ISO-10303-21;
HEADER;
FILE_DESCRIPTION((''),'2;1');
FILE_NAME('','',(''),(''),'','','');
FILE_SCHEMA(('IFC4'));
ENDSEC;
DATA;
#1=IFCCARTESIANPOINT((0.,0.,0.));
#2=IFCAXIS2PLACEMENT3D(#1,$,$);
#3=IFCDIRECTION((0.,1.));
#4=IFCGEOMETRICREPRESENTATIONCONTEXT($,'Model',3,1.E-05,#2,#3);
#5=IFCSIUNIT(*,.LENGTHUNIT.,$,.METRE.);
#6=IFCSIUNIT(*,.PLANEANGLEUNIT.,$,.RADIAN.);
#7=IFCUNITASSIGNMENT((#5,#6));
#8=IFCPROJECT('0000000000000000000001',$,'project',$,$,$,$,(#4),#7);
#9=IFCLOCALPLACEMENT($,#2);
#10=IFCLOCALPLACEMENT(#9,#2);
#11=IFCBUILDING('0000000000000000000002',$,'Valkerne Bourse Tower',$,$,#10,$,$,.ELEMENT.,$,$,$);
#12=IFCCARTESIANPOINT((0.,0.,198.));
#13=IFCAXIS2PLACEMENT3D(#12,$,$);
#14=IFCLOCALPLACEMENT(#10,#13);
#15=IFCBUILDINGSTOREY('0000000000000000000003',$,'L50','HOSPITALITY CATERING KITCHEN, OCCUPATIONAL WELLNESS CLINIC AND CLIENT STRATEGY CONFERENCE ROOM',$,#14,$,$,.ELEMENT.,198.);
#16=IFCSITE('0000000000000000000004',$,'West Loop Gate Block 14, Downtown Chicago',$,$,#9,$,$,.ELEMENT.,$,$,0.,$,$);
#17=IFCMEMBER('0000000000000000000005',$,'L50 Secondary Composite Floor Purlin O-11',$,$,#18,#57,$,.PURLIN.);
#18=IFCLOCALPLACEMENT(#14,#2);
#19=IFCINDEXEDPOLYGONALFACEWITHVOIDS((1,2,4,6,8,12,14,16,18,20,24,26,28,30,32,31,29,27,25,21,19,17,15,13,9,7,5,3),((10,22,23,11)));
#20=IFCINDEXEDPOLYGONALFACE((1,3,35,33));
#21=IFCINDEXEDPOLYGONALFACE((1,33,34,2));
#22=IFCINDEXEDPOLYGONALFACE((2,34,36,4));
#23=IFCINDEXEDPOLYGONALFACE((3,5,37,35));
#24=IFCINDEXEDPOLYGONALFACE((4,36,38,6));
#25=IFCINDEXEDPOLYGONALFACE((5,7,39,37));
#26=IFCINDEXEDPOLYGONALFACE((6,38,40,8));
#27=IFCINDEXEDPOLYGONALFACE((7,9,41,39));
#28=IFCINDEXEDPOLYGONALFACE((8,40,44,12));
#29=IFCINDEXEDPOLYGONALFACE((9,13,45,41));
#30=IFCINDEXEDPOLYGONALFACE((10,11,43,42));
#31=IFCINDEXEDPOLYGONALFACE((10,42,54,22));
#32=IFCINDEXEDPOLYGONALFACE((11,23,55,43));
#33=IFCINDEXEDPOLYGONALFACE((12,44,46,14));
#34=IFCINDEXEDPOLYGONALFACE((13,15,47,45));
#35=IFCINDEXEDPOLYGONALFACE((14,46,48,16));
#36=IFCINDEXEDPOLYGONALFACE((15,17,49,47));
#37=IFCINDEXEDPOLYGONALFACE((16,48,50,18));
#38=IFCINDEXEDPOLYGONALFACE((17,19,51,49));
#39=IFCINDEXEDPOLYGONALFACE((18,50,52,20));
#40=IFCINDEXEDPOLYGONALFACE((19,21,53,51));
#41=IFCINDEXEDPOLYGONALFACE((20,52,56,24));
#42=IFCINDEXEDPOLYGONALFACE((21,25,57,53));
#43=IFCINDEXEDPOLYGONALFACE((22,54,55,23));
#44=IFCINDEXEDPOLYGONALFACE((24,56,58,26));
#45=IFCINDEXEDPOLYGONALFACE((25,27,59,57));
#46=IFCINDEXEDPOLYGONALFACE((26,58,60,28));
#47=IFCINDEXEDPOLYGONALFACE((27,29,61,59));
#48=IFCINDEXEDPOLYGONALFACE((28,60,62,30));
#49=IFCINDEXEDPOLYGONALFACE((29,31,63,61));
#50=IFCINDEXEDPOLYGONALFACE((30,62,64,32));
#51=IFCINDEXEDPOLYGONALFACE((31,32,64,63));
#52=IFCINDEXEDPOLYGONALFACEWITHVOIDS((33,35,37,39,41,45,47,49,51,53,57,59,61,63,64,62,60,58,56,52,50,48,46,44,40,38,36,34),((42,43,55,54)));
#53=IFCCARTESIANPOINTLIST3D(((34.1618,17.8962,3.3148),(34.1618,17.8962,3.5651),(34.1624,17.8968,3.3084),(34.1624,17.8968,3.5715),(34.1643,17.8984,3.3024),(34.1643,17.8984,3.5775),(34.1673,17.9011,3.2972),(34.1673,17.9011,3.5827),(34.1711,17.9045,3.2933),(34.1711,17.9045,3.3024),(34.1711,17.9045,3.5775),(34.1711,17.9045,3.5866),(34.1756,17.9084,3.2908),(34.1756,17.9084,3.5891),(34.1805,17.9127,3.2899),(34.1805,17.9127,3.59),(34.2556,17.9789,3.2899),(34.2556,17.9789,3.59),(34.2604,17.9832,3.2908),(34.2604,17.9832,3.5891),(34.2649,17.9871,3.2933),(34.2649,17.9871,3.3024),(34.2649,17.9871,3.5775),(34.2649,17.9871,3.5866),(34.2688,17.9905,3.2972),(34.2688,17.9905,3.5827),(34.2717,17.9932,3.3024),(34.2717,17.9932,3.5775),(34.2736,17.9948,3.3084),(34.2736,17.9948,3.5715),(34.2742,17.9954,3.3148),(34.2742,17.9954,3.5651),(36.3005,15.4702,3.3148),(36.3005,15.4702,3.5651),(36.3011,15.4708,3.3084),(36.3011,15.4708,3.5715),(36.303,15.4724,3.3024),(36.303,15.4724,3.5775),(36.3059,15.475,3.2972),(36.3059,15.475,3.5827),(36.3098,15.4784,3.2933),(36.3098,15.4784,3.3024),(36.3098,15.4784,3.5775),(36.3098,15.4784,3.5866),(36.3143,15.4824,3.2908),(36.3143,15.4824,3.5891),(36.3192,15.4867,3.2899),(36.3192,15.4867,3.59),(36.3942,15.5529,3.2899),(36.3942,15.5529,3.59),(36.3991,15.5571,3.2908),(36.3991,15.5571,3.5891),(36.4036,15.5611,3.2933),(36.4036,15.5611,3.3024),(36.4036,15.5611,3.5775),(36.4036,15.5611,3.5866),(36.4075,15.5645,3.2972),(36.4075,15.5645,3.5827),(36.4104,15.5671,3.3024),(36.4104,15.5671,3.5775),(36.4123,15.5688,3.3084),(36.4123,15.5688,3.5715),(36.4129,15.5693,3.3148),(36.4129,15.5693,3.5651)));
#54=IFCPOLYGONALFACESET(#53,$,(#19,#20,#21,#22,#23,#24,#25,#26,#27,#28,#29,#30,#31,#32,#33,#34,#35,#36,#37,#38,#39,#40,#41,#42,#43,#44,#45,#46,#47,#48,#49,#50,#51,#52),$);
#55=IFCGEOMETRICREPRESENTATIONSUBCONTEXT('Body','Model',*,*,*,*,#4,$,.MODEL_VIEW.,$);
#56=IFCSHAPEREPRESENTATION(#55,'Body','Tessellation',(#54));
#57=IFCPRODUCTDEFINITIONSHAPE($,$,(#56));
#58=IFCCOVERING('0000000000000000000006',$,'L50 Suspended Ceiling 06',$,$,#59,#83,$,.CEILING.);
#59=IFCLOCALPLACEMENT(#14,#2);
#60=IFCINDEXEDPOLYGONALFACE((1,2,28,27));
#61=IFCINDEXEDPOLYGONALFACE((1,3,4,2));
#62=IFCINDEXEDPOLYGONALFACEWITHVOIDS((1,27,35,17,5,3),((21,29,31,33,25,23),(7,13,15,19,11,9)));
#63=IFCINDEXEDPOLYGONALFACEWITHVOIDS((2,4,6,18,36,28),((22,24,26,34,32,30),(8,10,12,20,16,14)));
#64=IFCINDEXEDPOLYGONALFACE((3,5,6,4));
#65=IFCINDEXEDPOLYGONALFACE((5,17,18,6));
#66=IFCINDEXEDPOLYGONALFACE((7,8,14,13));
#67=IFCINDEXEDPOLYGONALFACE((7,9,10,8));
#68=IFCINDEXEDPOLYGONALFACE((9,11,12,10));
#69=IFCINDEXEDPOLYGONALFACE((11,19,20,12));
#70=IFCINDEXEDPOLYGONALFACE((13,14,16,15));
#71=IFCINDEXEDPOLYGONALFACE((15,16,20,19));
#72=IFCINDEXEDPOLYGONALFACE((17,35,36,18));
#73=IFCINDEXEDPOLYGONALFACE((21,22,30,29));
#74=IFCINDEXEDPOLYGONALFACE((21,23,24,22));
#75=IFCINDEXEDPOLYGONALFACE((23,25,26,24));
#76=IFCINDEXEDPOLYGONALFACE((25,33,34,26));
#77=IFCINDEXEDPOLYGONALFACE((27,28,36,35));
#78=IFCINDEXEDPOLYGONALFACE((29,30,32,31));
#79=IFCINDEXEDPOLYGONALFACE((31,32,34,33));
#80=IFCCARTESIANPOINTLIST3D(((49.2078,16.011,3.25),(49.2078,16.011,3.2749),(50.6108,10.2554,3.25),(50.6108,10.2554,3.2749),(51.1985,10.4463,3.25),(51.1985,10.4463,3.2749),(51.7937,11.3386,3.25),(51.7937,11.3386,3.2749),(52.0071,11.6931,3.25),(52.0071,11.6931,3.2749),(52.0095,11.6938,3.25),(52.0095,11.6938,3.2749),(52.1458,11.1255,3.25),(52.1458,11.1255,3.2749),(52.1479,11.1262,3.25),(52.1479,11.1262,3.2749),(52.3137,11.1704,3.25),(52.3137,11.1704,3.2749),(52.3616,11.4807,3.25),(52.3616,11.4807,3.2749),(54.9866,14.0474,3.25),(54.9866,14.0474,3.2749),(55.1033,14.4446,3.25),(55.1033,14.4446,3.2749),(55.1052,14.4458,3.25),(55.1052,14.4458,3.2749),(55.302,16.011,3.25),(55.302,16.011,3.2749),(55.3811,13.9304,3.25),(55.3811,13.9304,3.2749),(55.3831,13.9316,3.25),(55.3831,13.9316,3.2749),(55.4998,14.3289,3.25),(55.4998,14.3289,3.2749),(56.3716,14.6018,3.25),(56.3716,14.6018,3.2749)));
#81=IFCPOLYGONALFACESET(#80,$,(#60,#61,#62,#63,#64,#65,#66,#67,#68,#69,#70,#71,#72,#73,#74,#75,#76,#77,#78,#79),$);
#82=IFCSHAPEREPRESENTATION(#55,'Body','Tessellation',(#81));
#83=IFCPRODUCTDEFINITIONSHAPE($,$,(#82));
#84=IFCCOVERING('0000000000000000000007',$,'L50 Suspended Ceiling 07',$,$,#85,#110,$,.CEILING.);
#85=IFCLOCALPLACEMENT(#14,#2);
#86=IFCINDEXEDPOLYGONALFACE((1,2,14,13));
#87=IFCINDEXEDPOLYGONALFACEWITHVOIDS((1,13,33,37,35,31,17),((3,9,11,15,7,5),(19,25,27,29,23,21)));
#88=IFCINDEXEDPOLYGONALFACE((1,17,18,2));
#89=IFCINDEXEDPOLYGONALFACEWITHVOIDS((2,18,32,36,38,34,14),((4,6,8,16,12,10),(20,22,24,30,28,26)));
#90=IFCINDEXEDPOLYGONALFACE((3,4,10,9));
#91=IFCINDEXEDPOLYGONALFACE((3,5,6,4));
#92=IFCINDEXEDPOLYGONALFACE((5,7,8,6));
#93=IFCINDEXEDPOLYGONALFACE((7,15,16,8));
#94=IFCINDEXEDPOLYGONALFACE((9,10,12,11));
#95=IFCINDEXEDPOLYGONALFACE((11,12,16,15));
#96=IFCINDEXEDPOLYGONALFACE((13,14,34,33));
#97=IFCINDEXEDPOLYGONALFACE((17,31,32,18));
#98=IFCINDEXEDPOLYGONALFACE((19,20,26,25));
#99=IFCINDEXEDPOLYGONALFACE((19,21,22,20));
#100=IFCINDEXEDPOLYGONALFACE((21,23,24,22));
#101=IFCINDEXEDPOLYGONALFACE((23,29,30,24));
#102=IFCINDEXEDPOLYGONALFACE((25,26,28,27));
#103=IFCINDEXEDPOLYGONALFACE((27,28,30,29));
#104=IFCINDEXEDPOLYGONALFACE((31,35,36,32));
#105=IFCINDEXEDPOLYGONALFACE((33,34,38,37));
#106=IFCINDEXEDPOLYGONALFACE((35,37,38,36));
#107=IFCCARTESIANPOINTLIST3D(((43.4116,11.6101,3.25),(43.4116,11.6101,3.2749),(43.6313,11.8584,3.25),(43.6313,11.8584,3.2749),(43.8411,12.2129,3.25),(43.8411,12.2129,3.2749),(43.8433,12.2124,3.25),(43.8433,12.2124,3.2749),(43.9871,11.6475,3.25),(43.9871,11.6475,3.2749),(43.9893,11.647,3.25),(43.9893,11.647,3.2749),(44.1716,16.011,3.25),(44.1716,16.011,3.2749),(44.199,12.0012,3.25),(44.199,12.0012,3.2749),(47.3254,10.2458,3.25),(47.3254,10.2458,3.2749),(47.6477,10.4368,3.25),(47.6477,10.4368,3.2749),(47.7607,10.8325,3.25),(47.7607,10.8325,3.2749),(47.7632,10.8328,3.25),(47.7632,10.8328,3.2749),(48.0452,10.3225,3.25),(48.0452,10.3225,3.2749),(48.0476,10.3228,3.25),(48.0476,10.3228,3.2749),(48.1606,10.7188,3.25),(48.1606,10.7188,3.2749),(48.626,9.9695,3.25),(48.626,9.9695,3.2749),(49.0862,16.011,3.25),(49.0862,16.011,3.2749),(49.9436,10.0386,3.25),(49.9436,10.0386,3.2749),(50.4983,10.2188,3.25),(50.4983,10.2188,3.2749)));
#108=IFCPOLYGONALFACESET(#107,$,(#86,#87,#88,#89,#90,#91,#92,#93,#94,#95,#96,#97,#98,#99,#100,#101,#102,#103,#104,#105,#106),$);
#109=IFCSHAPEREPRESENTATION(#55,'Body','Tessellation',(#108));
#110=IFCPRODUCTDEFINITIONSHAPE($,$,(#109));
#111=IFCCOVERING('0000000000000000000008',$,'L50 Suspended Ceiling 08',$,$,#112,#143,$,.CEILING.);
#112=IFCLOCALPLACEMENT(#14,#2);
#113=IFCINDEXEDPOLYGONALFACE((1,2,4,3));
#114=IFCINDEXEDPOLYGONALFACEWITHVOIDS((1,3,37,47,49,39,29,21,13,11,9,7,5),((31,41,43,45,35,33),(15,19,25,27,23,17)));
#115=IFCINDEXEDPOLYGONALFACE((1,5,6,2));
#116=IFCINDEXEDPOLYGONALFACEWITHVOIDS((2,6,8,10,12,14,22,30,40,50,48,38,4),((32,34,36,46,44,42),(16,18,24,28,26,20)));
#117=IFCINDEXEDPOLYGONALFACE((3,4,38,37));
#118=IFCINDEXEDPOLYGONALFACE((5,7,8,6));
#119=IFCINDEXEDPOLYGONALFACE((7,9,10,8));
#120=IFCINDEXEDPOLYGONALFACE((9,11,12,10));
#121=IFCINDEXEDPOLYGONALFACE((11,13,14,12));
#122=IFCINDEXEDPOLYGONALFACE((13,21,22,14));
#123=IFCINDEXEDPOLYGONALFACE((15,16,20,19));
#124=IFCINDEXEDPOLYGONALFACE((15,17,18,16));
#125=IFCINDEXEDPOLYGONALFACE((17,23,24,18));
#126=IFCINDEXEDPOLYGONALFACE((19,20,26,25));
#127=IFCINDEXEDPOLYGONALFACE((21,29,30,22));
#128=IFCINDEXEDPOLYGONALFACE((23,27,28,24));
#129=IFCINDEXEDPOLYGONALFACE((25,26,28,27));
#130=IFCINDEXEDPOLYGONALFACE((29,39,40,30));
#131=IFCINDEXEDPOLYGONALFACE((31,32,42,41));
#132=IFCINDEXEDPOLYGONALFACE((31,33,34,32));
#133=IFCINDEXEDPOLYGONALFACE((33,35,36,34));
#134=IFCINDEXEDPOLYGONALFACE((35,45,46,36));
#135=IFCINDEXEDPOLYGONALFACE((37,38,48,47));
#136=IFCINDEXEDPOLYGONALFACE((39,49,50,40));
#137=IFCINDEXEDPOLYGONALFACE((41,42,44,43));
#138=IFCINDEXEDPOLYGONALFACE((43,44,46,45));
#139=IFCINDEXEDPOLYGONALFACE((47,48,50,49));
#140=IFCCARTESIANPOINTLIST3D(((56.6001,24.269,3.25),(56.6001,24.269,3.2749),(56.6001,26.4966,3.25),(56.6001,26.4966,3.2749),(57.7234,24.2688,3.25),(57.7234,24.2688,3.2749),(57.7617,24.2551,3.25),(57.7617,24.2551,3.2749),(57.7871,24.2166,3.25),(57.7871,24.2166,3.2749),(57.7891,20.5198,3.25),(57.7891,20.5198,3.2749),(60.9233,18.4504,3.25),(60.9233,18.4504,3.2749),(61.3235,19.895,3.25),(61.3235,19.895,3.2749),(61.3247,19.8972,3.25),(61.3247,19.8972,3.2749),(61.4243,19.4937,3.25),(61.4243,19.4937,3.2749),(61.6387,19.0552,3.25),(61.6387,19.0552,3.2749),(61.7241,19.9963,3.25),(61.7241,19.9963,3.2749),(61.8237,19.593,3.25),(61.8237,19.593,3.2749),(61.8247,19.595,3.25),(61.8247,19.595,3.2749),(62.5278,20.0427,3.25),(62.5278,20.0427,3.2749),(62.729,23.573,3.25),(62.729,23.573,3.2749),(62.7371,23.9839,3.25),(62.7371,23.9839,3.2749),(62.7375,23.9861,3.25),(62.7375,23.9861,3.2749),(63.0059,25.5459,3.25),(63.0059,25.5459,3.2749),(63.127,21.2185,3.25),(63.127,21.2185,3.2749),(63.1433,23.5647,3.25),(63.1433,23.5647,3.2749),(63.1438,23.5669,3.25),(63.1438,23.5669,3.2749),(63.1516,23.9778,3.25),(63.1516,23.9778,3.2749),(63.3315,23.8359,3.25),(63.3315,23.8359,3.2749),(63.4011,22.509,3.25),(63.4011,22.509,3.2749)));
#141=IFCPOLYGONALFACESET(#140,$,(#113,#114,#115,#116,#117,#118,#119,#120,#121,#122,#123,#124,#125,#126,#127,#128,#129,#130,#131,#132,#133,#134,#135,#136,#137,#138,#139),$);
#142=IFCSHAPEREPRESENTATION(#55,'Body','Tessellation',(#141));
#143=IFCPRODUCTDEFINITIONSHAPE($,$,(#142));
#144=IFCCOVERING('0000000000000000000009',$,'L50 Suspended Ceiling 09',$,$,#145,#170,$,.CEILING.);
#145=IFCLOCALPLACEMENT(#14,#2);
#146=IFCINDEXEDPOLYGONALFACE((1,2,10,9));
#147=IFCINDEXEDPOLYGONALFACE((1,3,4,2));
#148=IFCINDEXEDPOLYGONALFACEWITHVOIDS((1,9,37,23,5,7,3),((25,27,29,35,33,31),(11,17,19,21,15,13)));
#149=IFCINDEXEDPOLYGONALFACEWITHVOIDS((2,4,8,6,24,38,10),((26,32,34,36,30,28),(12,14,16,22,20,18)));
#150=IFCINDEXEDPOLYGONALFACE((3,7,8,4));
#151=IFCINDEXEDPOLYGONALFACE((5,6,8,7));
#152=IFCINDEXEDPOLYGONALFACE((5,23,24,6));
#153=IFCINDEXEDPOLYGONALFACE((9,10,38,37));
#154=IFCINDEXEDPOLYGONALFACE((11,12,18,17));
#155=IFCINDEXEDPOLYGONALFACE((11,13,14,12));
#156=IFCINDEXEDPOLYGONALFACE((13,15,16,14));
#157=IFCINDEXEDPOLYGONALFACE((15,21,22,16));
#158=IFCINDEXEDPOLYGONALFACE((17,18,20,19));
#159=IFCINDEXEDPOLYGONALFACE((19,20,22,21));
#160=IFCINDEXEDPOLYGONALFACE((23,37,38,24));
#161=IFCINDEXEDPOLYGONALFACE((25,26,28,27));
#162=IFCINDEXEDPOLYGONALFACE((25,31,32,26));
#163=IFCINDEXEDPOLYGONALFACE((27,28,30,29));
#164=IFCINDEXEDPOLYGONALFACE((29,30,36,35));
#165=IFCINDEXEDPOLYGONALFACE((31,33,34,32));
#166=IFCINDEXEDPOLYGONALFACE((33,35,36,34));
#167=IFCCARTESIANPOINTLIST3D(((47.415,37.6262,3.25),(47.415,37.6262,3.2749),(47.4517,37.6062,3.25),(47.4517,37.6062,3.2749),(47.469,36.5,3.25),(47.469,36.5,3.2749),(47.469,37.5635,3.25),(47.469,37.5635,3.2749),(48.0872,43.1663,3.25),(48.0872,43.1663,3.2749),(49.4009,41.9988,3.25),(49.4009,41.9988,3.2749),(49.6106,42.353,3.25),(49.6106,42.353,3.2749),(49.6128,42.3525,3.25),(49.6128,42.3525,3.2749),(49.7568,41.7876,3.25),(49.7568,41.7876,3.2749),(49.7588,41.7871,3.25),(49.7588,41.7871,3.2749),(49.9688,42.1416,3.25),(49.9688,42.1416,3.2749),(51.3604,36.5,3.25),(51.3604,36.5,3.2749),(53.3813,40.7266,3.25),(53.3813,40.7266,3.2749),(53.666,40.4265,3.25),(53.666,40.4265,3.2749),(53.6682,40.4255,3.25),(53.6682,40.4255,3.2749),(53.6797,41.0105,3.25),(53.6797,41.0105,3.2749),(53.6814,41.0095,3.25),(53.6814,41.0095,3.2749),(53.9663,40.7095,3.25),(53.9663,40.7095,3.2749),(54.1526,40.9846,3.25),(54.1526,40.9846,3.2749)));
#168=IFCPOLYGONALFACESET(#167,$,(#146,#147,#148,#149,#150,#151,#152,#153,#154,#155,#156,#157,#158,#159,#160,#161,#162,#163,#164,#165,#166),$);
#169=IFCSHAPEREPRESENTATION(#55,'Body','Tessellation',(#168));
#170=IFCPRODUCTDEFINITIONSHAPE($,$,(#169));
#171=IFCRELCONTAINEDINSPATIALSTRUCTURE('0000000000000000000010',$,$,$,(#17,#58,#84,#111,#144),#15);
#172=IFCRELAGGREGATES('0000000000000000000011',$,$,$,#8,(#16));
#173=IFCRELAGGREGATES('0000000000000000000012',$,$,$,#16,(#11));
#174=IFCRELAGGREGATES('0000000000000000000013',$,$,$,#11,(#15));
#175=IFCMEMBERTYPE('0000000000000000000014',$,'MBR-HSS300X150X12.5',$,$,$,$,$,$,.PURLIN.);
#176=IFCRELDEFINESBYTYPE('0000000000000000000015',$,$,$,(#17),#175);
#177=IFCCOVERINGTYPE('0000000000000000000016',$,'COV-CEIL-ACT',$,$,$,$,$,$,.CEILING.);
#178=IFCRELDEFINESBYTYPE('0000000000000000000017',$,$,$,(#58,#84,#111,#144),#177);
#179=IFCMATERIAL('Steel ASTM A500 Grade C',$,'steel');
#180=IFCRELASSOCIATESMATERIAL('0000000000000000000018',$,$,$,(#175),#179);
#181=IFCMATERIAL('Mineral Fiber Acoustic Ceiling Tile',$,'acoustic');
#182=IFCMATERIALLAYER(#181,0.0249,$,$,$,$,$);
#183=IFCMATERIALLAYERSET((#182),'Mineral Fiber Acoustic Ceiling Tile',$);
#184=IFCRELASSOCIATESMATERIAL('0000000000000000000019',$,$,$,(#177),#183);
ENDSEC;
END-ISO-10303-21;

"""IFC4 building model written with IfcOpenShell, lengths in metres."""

from ifc_helpers import new_model, si_unit, direction, frame, origin, origin_2d, place, context, subcontext, project, spatial, polyline, hollow_rectangle, outline, extrude, material, layer, layer_set, material_profile, profile_set, type_object, element, save


model = new_model("IFC4")

# Units and contexts
model_context = context("Model", 3, precision=1e-05, world=origin(), true_north=direction((0.0, 1.0)))
body_context = subcontext(model_context, "Body", "Model", "MODEL_VIEW")
ifc_project = project(units=[si_unit("LENGTHUNIT", "METRE"), si_unit("PLANEANGLEUNIT", "RADIAN")], contexts=[model_context])

# Site, building, storey
site_placement = place(None, origin())
site = spatial("IfcSite", under=ifc_project, at=site_placement, Name="West Loop Gate Block 14, Downtown Chicago", CompositionType="ELEMENT", RefElevation=0.0)
building_placement = place(site_placement, origin())
building = spatial("IfcBuilding", under=site, at=building_placement, Name="Valkerne Bourse Tower", CompositionType="ELEMENT")
storey_placement = place(building_placement, frame((0.0, 0.0, 198.0)))
storey = spatial("IfcBuildingStorey", under=building, at=storey_placement, Name="L50", Description="HOSPITALITY CATERING KITCHEN, OCCUPATIONAL WELLNESS CLINIC AND CLIENT STRATEGY CONFERENCE ROOM", CompositionType="ELEMENT", Elevation=198.0)

# Member
ifc_material_1 = material(Name="Steel ASTM A500 Grade C", Category="steel")
ifc_material_profile_1 = material_profile(ifc_material_1, hollow_rectangle(XDim=0.1499, YDim=0.3, WallThickness=0.0125, OuterFilletRadius=0.0249, at=origin_2d()), Name="HSS300X150X12.5")
ifc_profile_set_1 = profile_set([ifc_material_profile_1], Name="Steel ASTM A500 Grade C")
member_type_1 = type_object("IfcMemberType", Name="MBR-HSS300X150X12.5", PredefinedType="PURLIN", material=ifc_profile_set_1)
member_1_placement = place(storey_placement, frame((34.218, 17.9458, 3.4399), z_axis=(0.661285, -0.750135, 0.0), x_axis=(0.750135, 0.661285, 0.0)))
element("IfcMember", 1, at=member_1_placement, inside=storey, type_object=member_type_1, Name="L50 Secondary Composite Floor Purlin O-11", PredefinedType="PURLIN", context=body_context, shape_type="SweptSolid", body=[
    extrude(hollow_rectangle(XDim=0.1499, YDim=0.3, WallThickness=0.0125, OuterFilletRadius=0.0249, at=origin_2d()), origin(), (0.0, 0.0, 1.0), 3.2341),
])

# Coverings
ifc_material_2 = material(Name="Mineral Fiber Acoustic Ceiling Tile", Category="acoustic")
ifc_layer_1 = layer(ifc_material_2, 0.0249)
ifc_layer_set_1 = layer_set([ifc_layer_1], Name="Mineral Fiber Acoustic Ceiling Tile")
covering_type_1 = type_object("IfcCoveringType", Name="COV-CEIL-ACT", PredefinedType="CEILING", material=ifc_layer_set_1)
covering_1_placement = place(storey_placement, frame((0.0, 0.0, 3.25)))
element("IfcCovering", 2, at=covering_1_placement, inside=storey, type_object=covering_type_1, Name="L50 Suspended Ceiling 06", PredefinedType="CEILING", context=body_context, shape_type="SweptSolid", body=[
    extrude(outline(polyline([(50.6108, 10.2554), (49.2078, 16.011), (55.302, 16.011), (56.3716, 14.6018), (52.3137, 11.1704), (51.1985, 10.4463), (50.6108, 10.2554)]), holes=[polyline([(52.3616, 11.4807), (52.0095, 11.6938), (52.0071, 11.6931), (51.7937, 11.3386), (52.1458, 11.1255), (52.1479, 11.1262), (52.3616, 11.4807)]), polyline([(55.4998, 14.3289), (55.1052, 14.4458), (55.1033, 14.4446), (54.9866, 14.0474), (55.3811, 13.9304), (55.3831, 13.9316), (55.4998, 14.3289)])]), origin(), (0.0, 0.0, 1.0), 0.0249),
])
covering_2_placement = place(storey_placement, frame((0.0, 0.0, 3.25)))
element("IfcCovering", 3, at=covering_2_placement, inside=storey, type_object=covering_type_1, Name="L50 Suspended Ceiling 07", PredefinedType="CEILING", context=body_context, shape_type="SweptSolid", body=[
    extrude(outline(polyline([(47.3254, 10.2458), (43.4116, 11.6101), (44.1716, 16.011), (49.0862, 16.011), (50.4983, 10.2188), (49.9436, 10.0386), (48.626, 9.9695), (47.3254, 10.2458)]), holes=[polyline([(43.8433, 12.2124), (43.8411, 12.2129), (43.6313, 11.8584), (43.9871, 11.6475), (43.9893, 11.647), (44.199, 12.0012), (43.8433, 12.2124)]), polyline([(48.1606, 10.7188), (47.7632, 10.8328), (47.7607, 10.8325), (47.6477, 10.4368), (48.0452, 10.3225), (48.0476, 10.3228), (48.1606, 10.7188)])]), origin(), (0.0, 0.0, 1.0), 0.0249),
])
covering_3_placement = place(storey_placement, frame((0.0, 0.0, 3.25)))
element("IfcCovering", 4, at=covering_3_placement, inside=storey, type_object=covering_type_1, Name="L50 Suspended Ceiling 08", PredefinedType="CEILING", context=body_context, shape_type="SweptSolid", body=[
    extrude(outline(polyline([(62.5278, 20.0427), (61.6387, 19.0552), (60.9233, 18.4504), (57.7891, 20.5198), (57.7871, 24.2166), (57.7617, 24.2551), (57.7234, 24.2688), (56.6001, 24.269), (56.6001, 26.4966), (63.0059, 25.5459), (63.3315, 23.8359), (63.4011, 22.509), (63.127, 21.2185), (62.5278, 20.0427)]), holes=[polyline([(61.8247, 19.595), (61.7241, 19.9963), (61.3247, 19.8972), (61.3235, 19.895), (61.4243, 19.4937), (61.8237, 19.593), (61.8247, 19.595)]), polyline([(63.1516, 23.9778), (62.7375, 23.9861), (62.7371, 23.9839), (62.729, 23.573), (63.1433, 23.5647), (63.1438, 23.5669), (63.1516, 23.9778)])]), origin(), (0.0, 0.0, 1.0), 0.0249),
])
covering_4_placement = place(storey_placement, frame((0.0, 0.0, 3.25)))
element("IfcCovering", 5, at=covering_4_placement, inside=storey, type_object=covering_type_1, Name="L50 Suspended Ceiling 09", PredefinedType="CEILING", context=body_context, shape_type="SweptSolid", body=[
    extrude(outline(polyline([(47.469, 37.5635), (47.4517, 37.6062), (47.415, 37.6262), (48.0872, 43.1663), (54.1526, 40.9846), (51.3604, 36.5), (47.469, 36.5), (47.469, 37.5635)]), holes=[polyline([(53.6814, 41.0095), (53.6797, 41.0105), (53.3813, 40.7266), (53.666, 40.4265), (53.6682, 40.4255), (53.9663, 40.7095), (53.6814, 41.0095)]), polyline([(49.9688, 42.1416), (49.6128, 42.3525), (49.6106, 42.353), (49.4009, 41.9988), (49.7568, 41.7876), (49.7588, 41.7871), (49.9688, 42.1416)])]), origin(), (0.0, 0.0, 1.0), 0.0249),
])

save(model, "model.ifc")
